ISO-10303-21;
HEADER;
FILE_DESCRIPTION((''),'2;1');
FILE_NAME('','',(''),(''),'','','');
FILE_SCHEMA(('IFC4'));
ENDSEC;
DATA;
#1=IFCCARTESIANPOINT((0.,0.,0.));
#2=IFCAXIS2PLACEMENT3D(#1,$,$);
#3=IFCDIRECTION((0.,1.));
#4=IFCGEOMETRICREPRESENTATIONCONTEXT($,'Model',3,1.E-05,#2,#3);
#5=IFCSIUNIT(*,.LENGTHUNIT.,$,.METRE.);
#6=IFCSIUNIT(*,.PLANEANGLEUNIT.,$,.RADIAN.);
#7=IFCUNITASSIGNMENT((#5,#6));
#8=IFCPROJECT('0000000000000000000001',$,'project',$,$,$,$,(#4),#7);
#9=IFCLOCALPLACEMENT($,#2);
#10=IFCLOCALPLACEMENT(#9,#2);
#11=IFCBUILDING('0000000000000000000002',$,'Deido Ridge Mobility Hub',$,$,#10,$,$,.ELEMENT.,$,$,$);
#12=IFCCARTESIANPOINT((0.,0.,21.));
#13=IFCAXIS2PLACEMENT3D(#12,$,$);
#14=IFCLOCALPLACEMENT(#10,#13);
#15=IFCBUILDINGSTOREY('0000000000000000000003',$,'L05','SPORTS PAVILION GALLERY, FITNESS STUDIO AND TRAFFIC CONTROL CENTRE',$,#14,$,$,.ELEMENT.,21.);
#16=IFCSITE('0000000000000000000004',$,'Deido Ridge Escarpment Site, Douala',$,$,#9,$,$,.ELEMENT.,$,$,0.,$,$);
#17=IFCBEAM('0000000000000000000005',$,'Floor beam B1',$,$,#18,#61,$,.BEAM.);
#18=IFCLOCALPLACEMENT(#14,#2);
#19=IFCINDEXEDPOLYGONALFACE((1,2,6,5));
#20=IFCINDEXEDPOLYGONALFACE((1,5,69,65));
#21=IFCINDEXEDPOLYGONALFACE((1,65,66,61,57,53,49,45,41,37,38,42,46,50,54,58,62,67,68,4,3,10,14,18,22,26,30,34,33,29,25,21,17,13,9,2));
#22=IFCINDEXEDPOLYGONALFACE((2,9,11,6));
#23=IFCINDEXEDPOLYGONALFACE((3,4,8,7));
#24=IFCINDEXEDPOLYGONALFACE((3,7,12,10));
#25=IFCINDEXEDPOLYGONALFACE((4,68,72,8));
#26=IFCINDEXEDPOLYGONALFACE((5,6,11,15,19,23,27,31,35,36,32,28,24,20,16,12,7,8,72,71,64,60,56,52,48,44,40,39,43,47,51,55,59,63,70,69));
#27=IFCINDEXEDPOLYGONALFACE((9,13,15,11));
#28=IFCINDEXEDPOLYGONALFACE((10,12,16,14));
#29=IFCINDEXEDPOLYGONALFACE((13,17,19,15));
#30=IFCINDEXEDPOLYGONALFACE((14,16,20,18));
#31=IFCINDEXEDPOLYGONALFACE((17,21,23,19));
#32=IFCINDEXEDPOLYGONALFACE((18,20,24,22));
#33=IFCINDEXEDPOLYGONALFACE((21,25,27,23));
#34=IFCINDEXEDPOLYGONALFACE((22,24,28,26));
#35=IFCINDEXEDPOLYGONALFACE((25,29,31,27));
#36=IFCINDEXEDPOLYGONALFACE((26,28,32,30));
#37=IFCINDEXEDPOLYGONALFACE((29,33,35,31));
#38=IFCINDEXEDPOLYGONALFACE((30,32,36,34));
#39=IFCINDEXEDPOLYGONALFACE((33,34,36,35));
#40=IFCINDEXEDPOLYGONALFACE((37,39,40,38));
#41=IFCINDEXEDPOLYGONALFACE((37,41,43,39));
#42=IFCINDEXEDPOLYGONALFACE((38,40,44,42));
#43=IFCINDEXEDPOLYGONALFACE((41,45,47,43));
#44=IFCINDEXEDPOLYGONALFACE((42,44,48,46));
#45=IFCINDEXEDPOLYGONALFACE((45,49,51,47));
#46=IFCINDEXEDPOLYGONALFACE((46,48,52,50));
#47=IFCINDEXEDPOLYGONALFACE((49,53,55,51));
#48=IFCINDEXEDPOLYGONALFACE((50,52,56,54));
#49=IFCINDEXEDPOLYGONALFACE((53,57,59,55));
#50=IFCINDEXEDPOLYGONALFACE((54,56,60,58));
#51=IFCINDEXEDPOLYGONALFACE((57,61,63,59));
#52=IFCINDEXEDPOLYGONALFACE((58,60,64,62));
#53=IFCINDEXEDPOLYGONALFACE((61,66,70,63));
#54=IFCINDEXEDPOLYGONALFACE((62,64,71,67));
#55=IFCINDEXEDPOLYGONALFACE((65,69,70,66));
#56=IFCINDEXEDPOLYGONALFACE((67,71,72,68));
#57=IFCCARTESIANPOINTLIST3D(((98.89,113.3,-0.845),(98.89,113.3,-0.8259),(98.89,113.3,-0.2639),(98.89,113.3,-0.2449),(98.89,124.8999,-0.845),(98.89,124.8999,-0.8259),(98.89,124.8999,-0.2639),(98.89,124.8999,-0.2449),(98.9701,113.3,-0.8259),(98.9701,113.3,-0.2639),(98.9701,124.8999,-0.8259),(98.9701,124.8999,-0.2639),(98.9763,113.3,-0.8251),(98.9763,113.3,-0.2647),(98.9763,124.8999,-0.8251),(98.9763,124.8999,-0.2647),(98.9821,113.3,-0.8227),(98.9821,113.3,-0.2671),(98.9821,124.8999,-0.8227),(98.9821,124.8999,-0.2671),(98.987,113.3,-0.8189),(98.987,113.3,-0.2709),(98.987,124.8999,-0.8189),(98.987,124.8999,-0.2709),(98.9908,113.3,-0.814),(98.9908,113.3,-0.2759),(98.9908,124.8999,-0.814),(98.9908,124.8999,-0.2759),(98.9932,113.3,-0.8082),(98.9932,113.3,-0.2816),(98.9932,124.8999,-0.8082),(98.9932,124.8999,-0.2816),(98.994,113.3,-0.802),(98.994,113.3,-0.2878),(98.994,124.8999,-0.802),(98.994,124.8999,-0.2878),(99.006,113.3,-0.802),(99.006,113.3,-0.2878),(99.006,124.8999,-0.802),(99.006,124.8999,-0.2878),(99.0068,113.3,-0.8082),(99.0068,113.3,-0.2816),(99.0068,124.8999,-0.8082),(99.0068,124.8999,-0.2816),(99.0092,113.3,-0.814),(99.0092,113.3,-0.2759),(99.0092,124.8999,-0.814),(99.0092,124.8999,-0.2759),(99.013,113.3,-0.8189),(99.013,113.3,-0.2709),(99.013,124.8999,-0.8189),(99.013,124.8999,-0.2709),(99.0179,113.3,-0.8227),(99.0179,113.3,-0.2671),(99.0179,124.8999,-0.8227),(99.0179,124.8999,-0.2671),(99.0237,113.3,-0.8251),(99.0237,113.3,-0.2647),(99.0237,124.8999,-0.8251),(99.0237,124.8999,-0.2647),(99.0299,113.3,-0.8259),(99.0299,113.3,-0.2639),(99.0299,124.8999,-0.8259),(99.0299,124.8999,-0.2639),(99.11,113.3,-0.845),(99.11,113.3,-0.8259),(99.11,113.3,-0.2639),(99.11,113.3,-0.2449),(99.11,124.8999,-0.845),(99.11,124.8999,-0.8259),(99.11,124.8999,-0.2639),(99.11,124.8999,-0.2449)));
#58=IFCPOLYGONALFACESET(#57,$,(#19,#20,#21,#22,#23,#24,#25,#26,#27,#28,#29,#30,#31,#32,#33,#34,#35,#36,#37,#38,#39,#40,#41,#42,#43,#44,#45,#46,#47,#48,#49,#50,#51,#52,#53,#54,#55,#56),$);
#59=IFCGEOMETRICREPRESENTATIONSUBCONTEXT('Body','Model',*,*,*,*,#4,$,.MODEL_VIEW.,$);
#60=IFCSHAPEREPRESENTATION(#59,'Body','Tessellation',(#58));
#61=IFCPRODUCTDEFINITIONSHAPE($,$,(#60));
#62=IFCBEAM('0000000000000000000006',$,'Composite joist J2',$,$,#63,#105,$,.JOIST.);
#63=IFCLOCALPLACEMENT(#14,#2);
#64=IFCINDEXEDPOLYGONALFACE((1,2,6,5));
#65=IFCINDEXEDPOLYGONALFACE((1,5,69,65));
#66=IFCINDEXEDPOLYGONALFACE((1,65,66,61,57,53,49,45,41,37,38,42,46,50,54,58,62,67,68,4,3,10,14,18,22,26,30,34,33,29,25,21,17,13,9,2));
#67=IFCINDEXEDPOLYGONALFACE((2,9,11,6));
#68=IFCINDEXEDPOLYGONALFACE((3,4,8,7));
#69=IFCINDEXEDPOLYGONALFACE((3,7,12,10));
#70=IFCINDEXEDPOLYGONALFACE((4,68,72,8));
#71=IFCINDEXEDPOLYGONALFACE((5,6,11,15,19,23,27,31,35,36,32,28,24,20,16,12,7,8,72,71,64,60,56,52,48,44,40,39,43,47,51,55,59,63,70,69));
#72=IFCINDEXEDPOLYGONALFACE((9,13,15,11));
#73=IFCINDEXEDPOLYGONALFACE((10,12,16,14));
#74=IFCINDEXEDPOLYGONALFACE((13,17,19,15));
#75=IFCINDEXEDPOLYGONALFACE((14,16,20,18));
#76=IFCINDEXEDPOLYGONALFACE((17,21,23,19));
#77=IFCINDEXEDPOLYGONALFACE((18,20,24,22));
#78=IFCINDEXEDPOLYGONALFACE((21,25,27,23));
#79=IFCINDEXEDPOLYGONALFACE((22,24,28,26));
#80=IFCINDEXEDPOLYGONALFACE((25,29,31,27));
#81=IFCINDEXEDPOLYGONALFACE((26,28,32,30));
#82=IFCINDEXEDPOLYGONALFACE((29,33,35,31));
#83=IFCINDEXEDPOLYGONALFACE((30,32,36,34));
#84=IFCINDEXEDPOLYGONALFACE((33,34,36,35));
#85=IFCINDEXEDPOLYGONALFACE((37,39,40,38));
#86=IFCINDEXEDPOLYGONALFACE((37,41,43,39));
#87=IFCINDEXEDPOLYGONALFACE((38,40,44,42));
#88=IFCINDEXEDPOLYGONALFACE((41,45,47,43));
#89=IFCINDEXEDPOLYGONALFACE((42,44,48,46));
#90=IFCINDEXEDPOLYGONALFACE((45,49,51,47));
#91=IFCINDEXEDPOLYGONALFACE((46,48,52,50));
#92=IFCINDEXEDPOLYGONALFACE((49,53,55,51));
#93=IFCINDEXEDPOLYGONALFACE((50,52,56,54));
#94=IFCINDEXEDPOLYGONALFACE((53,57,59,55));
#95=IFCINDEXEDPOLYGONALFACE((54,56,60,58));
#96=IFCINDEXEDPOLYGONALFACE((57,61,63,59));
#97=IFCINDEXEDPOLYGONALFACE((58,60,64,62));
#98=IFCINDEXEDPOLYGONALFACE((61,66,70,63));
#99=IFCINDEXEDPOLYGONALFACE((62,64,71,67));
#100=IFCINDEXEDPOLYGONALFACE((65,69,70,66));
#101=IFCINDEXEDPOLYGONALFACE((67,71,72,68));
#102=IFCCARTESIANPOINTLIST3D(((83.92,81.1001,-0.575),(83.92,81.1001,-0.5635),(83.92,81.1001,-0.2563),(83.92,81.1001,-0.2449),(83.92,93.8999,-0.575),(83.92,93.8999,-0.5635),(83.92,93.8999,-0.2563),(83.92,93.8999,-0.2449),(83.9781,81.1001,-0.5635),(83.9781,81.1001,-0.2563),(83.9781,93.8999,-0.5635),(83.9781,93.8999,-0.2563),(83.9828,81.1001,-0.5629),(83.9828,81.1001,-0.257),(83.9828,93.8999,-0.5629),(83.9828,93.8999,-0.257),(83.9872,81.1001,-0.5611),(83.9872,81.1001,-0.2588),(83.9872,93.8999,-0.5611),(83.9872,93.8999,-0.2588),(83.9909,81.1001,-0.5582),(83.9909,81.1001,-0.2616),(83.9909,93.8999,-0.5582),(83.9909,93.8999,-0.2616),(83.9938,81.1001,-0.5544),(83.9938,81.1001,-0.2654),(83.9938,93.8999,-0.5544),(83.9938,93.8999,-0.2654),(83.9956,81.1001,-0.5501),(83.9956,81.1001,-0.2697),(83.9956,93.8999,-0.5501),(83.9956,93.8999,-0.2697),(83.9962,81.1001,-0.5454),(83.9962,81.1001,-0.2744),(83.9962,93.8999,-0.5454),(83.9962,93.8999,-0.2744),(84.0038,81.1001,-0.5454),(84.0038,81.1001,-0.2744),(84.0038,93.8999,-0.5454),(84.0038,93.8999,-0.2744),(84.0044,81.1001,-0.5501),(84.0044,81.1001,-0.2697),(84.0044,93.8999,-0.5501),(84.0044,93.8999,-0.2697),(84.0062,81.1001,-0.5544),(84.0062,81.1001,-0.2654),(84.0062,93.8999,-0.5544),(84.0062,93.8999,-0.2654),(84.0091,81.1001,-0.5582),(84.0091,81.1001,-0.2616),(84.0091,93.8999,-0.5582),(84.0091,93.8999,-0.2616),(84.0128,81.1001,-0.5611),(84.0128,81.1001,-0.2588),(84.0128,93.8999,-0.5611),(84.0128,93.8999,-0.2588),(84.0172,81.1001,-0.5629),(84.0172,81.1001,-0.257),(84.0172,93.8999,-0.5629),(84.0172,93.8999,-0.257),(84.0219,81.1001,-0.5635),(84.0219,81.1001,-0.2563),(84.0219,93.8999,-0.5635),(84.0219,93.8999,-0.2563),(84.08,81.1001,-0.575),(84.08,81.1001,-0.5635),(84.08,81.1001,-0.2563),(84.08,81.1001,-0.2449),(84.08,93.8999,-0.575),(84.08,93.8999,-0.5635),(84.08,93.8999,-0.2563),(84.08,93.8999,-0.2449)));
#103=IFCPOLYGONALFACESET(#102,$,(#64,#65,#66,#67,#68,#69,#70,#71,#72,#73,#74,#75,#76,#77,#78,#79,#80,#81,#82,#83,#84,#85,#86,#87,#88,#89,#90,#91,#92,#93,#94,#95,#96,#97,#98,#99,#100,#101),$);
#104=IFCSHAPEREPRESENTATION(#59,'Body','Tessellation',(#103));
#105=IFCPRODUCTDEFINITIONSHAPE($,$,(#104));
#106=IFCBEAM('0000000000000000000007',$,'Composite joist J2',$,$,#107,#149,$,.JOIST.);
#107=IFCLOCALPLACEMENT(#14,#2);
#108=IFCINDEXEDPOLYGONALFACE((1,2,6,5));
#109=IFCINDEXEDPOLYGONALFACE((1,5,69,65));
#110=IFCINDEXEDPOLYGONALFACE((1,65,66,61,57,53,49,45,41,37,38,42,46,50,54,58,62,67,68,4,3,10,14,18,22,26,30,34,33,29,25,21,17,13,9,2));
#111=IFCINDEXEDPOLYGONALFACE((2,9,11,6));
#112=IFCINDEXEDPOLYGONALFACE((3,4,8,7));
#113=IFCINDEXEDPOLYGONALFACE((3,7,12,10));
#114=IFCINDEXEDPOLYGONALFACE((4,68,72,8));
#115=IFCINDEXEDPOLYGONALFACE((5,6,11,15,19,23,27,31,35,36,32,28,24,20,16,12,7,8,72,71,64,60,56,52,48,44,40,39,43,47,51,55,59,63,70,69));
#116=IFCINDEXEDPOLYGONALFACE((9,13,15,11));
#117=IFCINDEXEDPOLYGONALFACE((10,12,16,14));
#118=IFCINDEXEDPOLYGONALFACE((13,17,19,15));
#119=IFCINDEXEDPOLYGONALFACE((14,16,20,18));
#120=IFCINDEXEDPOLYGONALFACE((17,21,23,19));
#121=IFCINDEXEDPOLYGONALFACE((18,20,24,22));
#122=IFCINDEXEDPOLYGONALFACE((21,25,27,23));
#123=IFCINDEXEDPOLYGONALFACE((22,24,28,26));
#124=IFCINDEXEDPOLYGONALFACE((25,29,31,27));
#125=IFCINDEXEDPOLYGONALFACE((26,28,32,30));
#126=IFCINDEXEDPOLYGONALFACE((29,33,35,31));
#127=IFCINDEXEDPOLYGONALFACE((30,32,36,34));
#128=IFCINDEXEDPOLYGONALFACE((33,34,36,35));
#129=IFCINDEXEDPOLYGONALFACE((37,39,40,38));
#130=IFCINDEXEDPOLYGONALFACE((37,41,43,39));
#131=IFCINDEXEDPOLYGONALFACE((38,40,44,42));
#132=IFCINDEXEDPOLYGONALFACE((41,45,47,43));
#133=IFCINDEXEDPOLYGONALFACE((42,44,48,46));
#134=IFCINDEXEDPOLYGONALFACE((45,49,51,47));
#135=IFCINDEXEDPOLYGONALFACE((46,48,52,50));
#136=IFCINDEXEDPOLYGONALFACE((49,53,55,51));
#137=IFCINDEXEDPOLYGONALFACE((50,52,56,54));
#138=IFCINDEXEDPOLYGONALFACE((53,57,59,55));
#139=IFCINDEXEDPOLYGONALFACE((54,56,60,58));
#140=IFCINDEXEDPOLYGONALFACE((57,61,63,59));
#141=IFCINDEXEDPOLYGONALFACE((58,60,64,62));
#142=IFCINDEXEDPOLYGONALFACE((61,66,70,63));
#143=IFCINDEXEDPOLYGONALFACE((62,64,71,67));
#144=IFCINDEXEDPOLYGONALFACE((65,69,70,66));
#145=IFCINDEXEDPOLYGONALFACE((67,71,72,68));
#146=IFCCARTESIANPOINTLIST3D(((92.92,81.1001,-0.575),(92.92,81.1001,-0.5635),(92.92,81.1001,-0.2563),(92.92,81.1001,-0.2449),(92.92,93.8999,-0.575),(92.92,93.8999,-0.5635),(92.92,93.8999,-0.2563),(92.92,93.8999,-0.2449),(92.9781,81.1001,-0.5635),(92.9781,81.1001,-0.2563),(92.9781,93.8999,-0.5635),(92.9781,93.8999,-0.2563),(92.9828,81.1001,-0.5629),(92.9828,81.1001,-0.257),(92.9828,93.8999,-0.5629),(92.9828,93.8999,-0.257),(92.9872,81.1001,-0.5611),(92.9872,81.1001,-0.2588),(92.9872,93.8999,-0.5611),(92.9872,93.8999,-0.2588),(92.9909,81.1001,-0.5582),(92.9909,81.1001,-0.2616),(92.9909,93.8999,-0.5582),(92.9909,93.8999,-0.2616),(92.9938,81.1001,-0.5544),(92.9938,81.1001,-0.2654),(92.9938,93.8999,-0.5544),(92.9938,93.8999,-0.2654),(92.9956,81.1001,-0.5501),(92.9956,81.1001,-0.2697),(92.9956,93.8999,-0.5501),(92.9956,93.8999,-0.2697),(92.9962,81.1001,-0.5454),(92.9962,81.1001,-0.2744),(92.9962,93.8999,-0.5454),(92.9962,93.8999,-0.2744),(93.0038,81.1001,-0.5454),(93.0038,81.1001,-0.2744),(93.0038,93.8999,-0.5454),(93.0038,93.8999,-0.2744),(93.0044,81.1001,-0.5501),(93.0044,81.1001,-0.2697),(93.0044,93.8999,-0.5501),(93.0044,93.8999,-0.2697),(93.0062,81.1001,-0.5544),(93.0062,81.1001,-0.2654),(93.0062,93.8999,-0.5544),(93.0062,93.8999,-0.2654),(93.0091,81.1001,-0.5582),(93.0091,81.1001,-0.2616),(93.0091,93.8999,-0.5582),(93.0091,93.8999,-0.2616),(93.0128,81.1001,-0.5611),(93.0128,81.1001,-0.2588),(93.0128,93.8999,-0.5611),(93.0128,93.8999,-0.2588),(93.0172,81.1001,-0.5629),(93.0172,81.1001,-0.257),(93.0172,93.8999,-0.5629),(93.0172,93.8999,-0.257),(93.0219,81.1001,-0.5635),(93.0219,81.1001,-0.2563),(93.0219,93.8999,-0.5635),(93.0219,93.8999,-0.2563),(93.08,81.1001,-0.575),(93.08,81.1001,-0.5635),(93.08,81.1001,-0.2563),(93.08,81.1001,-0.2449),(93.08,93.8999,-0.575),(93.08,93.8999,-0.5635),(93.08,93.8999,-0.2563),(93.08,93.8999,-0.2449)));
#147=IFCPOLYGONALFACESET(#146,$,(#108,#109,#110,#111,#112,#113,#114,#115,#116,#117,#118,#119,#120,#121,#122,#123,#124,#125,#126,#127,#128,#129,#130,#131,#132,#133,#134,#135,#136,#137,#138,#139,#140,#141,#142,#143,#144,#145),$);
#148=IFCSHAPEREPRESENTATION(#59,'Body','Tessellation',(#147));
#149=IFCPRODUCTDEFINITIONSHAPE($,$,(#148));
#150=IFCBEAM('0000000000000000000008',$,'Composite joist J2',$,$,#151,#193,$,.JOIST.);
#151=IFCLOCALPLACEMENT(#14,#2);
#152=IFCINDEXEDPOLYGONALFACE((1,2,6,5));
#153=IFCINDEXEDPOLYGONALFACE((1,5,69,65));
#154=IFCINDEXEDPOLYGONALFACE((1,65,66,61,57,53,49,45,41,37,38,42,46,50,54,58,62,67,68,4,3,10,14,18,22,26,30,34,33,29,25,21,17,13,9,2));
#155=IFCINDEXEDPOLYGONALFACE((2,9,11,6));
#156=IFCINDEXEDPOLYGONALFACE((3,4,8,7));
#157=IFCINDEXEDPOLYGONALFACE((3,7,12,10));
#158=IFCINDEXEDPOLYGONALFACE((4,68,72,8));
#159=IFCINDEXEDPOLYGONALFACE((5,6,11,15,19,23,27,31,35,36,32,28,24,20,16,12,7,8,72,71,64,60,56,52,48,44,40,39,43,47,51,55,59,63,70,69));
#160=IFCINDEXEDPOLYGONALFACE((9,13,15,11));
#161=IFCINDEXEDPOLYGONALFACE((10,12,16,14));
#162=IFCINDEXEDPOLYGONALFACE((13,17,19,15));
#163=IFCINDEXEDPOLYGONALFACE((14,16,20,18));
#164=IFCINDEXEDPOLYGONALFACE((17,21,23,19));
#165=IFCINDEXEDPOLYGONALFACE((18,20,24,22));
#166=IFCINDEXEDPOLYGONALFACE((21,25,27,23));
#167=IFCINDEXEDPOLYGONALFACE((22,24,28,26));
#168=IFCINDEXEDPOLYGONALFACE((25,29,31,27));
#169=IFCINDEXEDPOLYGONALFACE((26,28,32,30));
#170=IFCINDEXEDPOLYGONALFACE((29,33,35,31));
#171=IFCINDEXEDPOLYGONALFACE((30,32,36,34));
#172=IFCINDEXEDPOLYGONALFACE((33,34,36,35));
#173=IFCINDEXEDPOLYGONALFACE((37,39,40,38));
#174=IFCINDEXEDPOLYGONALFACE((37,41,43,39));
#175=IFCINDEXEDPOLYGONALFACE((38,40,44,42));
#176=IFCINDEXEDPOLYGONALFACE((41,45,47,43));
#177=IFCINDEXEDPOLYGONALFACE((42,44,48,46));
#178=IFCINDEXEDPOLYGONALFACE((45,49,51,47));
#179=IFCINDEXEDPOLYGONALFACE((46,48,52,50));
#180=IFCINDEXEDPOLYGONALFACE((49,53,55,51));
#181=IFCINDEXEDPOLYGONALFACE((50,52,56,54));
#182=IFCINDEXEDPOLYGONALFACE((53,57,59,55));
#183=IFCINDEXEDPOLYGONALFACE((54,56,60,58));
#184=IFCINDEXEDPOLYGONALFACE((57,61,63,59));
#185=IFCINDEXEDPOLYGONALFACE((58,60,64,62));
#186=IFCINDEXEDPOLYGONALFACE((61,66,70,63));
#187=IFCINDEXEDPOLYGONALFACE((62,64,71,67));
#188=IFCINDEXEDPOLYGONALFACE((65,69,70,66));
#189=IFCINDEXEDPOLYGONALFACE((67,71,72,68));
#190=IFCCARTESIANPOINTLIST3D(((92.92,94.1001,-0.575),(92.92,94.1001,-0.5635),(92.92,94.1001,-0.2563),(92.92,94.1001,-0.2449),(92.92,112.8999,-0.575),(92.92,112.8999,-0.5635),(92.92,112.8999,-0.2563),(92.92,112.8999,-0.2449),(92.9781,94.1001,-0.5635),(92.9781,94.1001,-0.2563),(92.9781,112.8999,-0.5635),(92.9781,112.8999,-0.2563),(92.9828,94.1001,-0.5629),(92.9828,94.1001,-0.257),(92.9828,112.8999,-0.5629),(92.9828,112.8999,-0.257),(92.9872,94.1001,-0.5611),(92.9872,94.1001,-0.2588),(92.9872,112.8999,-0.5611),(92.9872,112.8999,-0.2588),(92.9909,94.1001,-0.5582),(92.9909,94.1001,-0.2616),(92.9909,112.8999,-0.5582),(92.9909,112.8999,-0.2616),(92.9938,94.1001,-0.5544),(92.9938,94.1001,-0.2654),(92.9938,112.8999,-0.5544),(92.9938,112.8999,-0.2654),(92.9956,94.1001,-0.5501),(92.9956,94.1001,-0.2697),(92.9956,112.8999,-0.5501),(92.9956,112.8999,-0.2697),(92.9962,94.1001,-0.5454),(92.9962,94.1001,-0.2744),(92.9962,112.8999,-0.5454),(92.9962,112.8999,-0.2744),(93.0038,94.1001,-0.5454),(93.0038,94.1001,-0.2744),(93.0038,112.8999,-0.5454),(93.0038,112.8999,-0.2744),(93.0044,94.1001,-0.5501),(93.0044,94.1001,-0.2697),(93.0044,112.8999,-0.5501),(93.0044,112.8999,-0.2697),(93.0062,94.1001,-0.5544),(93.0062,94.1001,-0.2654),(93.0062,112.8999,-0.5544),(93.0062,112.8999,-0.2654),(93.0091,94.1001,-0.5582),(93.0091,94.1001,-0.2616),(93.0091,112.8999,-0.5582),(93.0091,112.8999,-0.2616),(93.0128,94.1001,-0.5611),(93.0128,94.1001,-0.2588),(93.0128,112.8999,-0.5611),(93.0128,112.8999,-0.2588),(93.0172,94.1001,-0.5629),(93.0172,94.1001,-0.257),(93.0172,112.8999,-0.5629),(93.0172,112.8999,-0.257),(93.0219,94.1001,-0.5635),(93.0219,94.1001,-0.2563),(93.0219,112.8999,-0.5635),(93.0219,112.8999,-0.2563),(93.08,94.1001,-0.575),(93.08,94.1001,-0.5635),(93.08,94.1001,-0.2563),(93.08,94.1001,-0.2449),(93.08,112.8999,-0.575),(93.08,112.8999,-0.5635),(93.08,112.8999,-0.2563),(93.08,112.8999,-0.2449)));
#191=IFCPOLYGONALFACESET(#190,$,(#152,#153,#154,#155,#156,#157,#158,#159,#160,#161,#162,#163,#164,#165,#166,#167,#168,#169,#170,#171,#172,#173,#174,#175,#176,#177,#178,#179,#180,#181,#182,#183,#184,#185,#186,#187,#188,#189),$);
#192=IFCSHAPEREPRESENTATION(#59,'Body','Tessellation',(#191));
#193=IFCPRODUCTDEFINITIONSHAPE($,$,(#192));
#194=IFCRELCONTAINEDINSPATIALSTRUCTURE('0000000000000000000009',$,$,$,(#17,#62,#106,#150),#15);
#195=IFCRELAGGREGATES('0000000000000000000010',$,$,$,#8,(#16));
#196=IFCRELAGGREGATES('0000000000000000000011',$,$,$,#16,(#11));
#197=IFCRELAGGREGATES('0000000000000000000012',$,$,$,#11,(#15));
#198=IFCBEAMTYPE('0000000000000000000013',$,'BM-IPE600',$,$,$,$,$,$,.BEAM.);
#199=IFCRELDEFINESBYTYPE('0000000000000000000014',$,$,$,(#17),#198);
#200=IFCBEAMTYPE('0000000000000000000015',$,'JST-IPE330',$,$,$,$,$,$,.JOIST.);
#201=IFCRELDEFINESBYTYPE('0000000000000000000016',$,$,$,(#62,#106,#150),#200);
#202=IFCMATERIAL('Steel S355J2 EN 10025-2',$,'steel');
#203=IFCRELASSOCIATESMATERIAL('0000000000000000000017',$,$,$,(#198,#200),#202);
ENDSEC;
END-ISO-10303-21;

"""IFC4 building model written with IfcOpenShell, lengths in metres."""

from ifc_helpers import new_model, si_unit, direction, frame, origin, origin_2d, place, context, subcontext, project, spatial, i_section, extrude, material, material_profile, profile_set, type_object, element, save


model = new_model("IFC4")

# Units and contexts
model_context = context("Model", 3, precision=1e-05, world=origin(), true_north=direction((0.0, 1.0)))
body_context = subcontext(model_context, "Body", "Model", "MODEL_VIEW")
ifc_project = project(units=[si_unit("LENGTHUNIT", "METRE"), si_unit("PLANEANGLEUNIT", "RADIAN")], contexts=[model_context])

# Site, building, storey
site_placement = place(None, origin())
site = spatial("IfcSite", under=ifc_project, at=site_placement, Name="Deido Ridge Escarpment Site, Douala", CompositionType="ELEMENT", RefElevation=0.0)
building_placement = place(site_placement, origin())
building = spatial("IfcBuilding", under=site, at=building_placement, Name="Deido Ridge Mobility Hub", CompositionType="ELEMENT")
storey_placement = place(building_placement, frame((0.0, 0.0, 21.0)))
storey = spatial("IfcBuildingStorey", under=building, at=storey_placement, Name="L05", Description="SPORTS PAVILION GALLERY, FITNESS STUDIO AND TRAFFIC CONTROL CENTRE", CompositionType="ELEMENT", Elevation=21.0)

# Beams
ifc_material = material(Name="Steel S355J2 EN 10025-2", Category="steel")
ifc_material_profile_1 = material_profile(ifc_material, i_section(OverallWidth=0.22, OverallDepth=0.6001, WebThickness=0.012, FlangeThickness=0.019, FilletRadius=0.0239, at=origin_2d()), Name="IPE 600")
ifc_profile_set_1 = profile_set([ifc_material_profile_1], Name="Steel S355J2 EN 10025-2")
beam_type_1 = type_object("IfcBeamType", Name="BM-IPE600", PredefinedType="BEAM", material=ifc_profile_set_1)
beam_1_placement = place(storey_placement, frame((99.0, 113.3, -0.5449), z_axis=(0.0, 1.0, 0.0), x_axis=(-1.0, 0.0, 0.0)))
element("IfcBeam", 1, at=beam_1_placement, inside=storey, type_object=beam_type_1, Name="Floor beam B1", PredefinedType="BEAM", context=body_context, shape_type="SweptSolid", body=[
    extrude(i_section(OverallWidth=0.22, OverallDepth=0.6001, WebThickness=0.012, FlangeThickness=0.019, FilletRadius=0.0239, at=origin_2d()), origin(), (0.0, 0.0, 1.0), 11.5999),
])
ifc_material_profile_2 = material_profile(ifc_material, i_section(OverallWidth=0.1599, OverallDepth=0.3301, WebThickness=0.0076, FlangeThickness=0.0115, FilletRadius=0.0181, at=origin_2d()), Name="IPE 330")
ifc_profile_set_2 = profile_set([ifc_material_profile_2], Name="Steel S355J2 EN 10025-2")
beam_type_2 = type_object("IfcBeamType", Name="JST-IPE330", PredefinedType="JOIST", material=ifc_profile_set_2)
for number, where, z_axis, x_axis, name in (
    (2, (84.0, 81.1001, -0.4099), (0.0, 1.0, 0.0), (-1.0, 0.0, 0.0), "Composite joist J2"),
    (3, (93.0, 81.1001, -0.4099), (0.0, 1.0, 0.0), (-1.0, 0.0, 0.0), "Composite joist J2"),
):
    element("IfcBeam", number, at=place(storey_placement, frame(where, z_axis=z_axis, x_axis=x_axis)), inside=storey, type_object=beam_type_2, Name=name, PredefinedType="JOIST", context=body_context, shape_type="SweptSolid", body=[
        extrude(i_section(OverallWidth=0.1599, OverallDepth=0.3301, WebThickness=0.0076, FlangeThickness=0.0115, FilletRadius=0.0181, at=origin_2d()), origin(), (0.0, 0.0, 1.0), 12.7998),
    ])
beam_2_placement = place(storey_placement, frame((93.0, 94.1001, -0.4099), z_axis=(0.0, 1.0, 0.0), x_axis=(-1.0, 0.0, 0.0)))
element("IfcBeam", 4, at=beam_2_placement, inside=storey, type_object=beam_type_2, Name="Composite joist J2", PredefinedType="JOIST", context=body_context, shape_type="SweptSolid", body=[
    extrude(i_section(OverallWidth=0.1599, OverallDepth=0.3301, WebThickness=0.0076, FlangeThickness=0.0115, FilletRadius=0.0181, at=origin_2d()), origin(), (0.0, 0.0, 1.0), 18.7998),
])

save(model, "model.ifc")
